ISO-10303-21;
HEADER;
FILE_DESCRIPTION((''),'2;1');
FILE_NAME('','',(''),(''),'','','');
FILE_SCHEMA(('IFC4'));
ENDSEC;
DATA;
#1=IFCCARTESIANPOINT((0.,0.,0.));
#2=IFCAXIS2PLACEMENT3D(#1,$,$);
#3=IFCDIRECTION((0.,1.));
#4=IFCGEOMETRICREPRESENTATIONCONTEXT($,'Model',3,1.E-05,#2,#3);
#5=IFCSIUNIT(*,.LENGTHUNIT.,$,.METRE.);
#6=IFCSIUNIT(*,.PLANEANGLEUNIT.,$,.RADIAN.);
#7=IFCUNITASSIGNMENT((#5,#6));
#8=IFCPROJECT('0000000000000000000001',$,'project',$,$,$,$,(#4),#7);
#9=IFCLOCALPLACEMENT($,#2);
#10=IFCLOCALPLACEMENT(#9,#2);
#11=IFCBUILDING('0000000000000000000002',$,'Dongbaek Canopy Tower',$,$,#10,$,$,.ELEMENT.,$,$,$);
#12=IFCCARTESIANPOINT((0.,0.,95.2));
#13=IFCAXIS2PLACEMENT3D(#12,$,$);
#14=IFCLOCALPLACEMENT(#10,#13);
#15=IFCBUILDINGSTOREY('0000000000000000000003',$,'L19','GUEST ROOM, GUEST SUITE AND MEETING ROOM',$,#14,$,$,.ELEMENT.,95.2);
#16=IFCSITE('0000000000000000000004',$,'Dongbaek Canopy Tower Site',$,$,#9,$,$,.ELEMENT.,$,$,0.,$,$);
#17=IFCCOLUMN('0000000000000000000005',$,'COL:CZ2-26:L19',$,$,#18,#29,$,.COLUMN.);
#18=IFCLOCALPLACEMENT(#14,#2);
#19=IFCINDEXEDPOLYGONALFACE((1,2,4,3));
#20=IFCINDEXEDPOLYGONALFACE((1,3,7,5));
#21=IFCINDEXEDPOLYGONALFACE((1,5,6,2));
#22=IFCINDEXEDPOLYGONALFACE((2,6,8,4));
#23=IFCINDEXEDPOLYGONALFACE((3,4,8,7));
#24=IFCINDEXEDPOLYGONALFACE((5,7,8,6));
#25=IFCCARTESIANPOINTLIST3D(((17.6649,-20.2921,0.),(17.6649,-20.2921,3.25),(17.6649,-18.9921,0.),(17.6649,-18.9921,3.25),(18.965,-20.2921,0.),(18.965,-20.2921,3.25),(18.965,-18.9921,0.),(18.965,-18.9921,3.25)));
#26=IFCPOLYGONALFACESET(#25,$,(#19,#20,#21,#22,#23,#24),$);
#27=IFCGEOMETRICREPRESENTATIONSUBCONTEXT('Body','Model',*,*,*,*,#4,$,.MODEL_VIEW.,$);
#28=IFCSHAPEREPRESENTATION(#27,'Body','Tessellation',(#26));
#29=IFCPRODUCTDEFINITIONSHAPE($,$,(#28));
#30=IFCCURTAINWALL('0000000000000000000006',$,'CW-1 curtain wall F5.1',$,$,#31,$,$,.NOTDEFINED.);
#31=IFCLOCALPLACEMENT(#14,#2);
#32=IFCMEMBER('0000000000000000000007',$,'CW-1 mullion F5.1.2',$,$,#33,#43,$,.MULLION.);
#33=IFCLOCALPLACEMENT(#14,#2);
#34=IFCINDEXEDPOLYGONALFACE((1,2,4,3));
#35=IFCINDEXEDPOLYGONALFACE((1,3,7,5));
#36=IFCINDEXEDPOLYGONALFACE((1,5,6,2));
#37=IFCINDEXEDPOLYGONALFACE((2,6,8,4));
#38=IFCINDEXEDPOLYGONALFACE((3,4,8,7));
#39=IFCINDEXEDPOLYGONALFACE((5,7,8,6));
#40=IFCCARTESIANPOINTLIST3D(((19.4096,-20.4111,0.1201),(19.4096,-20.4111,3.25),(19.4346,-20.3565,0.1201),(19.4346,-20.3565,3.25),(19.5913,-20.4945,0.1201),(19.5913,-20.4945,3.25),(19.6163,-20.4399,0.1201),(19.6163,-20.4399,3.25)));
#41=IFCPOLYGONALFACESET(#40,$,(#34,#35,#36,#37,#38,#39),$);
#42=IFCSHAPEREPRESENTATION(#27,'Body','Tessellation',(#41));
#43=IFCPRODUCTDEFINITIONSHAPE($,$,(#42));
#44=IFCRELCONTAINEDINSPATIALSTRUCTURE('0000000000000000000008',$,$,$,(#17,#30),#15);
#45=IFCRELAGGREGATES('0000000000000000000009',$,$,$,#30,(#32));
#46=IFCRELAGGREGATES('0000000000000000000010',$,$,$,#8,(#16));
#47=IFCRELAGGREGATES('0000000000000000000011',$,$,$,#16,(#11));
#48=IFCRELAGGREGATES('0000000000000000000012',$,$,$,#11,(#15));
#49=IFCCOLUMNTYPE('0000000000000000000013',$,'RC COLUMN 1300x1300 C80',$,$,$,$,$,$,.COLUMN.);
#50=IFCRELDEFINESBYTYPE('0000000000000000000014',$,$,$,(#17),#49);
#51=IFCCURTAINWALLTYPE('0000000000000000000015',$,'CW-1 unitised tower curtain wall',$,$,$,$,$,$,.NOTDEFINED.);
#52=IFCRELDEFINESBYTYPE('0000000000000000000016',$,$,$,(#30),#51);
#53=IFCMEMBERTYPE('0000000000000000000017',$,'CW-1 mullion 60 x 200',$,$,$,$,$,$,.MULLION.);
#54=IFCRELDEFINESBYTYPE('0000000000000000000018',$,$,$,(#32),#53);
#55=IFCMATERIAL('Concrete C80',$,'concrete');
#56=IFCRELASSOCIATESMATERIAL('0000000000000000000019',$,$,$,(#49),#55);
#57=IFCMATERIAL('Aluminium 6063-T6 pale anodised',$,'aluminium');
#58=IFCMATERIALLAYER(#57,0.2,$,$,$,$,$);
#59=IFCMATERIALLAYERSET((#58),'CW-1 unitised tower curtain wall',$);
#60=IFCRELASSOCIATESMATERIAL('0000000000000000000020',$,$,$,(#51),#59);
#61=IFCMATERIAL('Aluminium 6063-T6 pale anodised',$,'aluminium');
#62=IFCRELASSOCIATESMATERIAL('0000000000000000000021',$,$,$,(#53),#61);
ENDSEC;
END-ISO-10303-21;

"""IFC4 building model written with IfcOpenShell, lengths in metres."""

from ifc_helpers import new_model, si_unit, direction, frame, origin, origin_2d, place, context, subcontext, project, spatial, rectangle, extrude, material, layer, layer_set, material_profile, profile_set, type_object, element, aggregate, save


model = new_model("IFC4")

# Units and contexts
model_context = context("Model", 3, precision=1e-05, world=origin(), true_north=direction((0.0, 1.0)))
body_context = subcontext(model_context, "Body", "Model", "MODEL_VIEW")
ifc_project = project(units=[si_unit("LENGTHUNIT", "METRE"), si_unit("PLANEANGLEUNIT", "RADIAN")], contexts=[model_context])

# Site, building, storey
site_placement = place(None, origin())
site = spatial("IfcSite", under=ifc_project, at=site_placement, Name="Dongbaek Canopy Tower Site", CompositionType="ELEMENT", RefElevation=0.0)
building_placement = place(site_placement, origin())
building = spatial("IfcBuilding", under=site, at=building_placement, Name="Dongbaek Canopy Tower", CompositionType="ELEMENT")
storey_placement = place(building_placement, frame((0.0, 0.0, 95.2)))
storey = spatial("IfcBuildingStorey", under=building, at=storey_placement, Name="L19", Description="GUEST ROOM, GUEST SUITE AND MEETING ROOM", CompositionType="ELEMENT", Elevation=95.2)

# Column
ifc_material_1 = material(Name="Concrete C80", Category="concrete")
ifc_material_profile_1 = material_profile(ifc_material_1, rectangle(XDim=1.3, YDim=1.3, at=origin_2d()), Name="RC COLUMN 1300x1300 C80")
ifc_profile_set_1 = profile_set([ifc_material_profile_1], Name="Concrete C80")
column_type = type_object("IfcColumnType", Name="RC COLUMN 1300x1300 C80", PredefinedType="COLUMN", material=ifc_profile_set_1)
column_placement = place(storey_placement, frame((18.3149, -19.6421, 0.0), z_axis=(0.0, 0.0, 1.0), x_axis=(1.0, 0.0, 0.0)))
element("IfcColumn", 1, at=column_placement, inside=storey, type_object=column_type, Name="COL:CZ2-26:L19", PredefinedType="COLUMN", context=body_context, shape_type="SweptSolid", body=[
    extrude(rectangle(XDim=1.3, YDim=1.3, at=origin_2d()), origin(), (0.0, 0.0, 1.0), 3.25),
])

# Curtain wall, member
ifc_material_2 = material(Name="Aluminium 6063-T6 pale anodised", Category="aluminium")
ifc_layer_1 = layer(ifc_material_2, 0.2)
ifc_layer_set_1 = layer_set([ifc_layer_1], Name="CW-1 unitised tower curtain wall")
curtain_wall_type = type_object("IfcCurtainWallType", Name="CW-1 unitised tower curtain wall", PredefinedType="NOTDEFINED", material=ifc_layer_set_1)
curtain_wall_placement = place(storey_placement, origin())
curtain_wall = element("IfcCurtainWall", 2, at=curtain_wall_placement, inside=storey, type_object=curtain_wall_type, Name="CW-1 curtain wall F5.1", PredefinedType="NOTDEFINED")
ifc_material_3 = material(Name="Aluminium 6063-T6 pale anodised", Category="aluminium")
ifc_material_profile_2 = material_profile(ifc_material_3, rectangle(XDim=0.2, YDim=0.0601, at=origin_2d()), Name="CW-1 mullion 60 x 200")
ifc_profile_set_2 = profile_set([ifc_material_profile_2], Name="Aluminium 6063-T6 pale anodised")
member_type = type_object("IfcMemberType", Name="CW-1 mullion 60 x 200", PredefinedType="MULLION", material=ifc_profile_set_2)
member_placement = place(storey_placement, frame((19.5129, -20.4255, 0.1201), z_axis=(0.0, 0.0, 1.0), x_axis=(0.908849, -0.417126, 0.0)))
member = element("IfcMember", 3, at=member_placement, type_object=member_type, Name="CW-1 mullion F5.1.2", PredefinedType="MULLION", context=body_context, shape_type="SweptSolid", body=[
    extrude(rectangle(XDim=0.2, YDim=0.0601, at=origin_2d()), origin(), (0.0, 0.0, 1.0), 3.1299),
])

aggregate(curtain_wall, [member])

save(model, "model.ifc")
